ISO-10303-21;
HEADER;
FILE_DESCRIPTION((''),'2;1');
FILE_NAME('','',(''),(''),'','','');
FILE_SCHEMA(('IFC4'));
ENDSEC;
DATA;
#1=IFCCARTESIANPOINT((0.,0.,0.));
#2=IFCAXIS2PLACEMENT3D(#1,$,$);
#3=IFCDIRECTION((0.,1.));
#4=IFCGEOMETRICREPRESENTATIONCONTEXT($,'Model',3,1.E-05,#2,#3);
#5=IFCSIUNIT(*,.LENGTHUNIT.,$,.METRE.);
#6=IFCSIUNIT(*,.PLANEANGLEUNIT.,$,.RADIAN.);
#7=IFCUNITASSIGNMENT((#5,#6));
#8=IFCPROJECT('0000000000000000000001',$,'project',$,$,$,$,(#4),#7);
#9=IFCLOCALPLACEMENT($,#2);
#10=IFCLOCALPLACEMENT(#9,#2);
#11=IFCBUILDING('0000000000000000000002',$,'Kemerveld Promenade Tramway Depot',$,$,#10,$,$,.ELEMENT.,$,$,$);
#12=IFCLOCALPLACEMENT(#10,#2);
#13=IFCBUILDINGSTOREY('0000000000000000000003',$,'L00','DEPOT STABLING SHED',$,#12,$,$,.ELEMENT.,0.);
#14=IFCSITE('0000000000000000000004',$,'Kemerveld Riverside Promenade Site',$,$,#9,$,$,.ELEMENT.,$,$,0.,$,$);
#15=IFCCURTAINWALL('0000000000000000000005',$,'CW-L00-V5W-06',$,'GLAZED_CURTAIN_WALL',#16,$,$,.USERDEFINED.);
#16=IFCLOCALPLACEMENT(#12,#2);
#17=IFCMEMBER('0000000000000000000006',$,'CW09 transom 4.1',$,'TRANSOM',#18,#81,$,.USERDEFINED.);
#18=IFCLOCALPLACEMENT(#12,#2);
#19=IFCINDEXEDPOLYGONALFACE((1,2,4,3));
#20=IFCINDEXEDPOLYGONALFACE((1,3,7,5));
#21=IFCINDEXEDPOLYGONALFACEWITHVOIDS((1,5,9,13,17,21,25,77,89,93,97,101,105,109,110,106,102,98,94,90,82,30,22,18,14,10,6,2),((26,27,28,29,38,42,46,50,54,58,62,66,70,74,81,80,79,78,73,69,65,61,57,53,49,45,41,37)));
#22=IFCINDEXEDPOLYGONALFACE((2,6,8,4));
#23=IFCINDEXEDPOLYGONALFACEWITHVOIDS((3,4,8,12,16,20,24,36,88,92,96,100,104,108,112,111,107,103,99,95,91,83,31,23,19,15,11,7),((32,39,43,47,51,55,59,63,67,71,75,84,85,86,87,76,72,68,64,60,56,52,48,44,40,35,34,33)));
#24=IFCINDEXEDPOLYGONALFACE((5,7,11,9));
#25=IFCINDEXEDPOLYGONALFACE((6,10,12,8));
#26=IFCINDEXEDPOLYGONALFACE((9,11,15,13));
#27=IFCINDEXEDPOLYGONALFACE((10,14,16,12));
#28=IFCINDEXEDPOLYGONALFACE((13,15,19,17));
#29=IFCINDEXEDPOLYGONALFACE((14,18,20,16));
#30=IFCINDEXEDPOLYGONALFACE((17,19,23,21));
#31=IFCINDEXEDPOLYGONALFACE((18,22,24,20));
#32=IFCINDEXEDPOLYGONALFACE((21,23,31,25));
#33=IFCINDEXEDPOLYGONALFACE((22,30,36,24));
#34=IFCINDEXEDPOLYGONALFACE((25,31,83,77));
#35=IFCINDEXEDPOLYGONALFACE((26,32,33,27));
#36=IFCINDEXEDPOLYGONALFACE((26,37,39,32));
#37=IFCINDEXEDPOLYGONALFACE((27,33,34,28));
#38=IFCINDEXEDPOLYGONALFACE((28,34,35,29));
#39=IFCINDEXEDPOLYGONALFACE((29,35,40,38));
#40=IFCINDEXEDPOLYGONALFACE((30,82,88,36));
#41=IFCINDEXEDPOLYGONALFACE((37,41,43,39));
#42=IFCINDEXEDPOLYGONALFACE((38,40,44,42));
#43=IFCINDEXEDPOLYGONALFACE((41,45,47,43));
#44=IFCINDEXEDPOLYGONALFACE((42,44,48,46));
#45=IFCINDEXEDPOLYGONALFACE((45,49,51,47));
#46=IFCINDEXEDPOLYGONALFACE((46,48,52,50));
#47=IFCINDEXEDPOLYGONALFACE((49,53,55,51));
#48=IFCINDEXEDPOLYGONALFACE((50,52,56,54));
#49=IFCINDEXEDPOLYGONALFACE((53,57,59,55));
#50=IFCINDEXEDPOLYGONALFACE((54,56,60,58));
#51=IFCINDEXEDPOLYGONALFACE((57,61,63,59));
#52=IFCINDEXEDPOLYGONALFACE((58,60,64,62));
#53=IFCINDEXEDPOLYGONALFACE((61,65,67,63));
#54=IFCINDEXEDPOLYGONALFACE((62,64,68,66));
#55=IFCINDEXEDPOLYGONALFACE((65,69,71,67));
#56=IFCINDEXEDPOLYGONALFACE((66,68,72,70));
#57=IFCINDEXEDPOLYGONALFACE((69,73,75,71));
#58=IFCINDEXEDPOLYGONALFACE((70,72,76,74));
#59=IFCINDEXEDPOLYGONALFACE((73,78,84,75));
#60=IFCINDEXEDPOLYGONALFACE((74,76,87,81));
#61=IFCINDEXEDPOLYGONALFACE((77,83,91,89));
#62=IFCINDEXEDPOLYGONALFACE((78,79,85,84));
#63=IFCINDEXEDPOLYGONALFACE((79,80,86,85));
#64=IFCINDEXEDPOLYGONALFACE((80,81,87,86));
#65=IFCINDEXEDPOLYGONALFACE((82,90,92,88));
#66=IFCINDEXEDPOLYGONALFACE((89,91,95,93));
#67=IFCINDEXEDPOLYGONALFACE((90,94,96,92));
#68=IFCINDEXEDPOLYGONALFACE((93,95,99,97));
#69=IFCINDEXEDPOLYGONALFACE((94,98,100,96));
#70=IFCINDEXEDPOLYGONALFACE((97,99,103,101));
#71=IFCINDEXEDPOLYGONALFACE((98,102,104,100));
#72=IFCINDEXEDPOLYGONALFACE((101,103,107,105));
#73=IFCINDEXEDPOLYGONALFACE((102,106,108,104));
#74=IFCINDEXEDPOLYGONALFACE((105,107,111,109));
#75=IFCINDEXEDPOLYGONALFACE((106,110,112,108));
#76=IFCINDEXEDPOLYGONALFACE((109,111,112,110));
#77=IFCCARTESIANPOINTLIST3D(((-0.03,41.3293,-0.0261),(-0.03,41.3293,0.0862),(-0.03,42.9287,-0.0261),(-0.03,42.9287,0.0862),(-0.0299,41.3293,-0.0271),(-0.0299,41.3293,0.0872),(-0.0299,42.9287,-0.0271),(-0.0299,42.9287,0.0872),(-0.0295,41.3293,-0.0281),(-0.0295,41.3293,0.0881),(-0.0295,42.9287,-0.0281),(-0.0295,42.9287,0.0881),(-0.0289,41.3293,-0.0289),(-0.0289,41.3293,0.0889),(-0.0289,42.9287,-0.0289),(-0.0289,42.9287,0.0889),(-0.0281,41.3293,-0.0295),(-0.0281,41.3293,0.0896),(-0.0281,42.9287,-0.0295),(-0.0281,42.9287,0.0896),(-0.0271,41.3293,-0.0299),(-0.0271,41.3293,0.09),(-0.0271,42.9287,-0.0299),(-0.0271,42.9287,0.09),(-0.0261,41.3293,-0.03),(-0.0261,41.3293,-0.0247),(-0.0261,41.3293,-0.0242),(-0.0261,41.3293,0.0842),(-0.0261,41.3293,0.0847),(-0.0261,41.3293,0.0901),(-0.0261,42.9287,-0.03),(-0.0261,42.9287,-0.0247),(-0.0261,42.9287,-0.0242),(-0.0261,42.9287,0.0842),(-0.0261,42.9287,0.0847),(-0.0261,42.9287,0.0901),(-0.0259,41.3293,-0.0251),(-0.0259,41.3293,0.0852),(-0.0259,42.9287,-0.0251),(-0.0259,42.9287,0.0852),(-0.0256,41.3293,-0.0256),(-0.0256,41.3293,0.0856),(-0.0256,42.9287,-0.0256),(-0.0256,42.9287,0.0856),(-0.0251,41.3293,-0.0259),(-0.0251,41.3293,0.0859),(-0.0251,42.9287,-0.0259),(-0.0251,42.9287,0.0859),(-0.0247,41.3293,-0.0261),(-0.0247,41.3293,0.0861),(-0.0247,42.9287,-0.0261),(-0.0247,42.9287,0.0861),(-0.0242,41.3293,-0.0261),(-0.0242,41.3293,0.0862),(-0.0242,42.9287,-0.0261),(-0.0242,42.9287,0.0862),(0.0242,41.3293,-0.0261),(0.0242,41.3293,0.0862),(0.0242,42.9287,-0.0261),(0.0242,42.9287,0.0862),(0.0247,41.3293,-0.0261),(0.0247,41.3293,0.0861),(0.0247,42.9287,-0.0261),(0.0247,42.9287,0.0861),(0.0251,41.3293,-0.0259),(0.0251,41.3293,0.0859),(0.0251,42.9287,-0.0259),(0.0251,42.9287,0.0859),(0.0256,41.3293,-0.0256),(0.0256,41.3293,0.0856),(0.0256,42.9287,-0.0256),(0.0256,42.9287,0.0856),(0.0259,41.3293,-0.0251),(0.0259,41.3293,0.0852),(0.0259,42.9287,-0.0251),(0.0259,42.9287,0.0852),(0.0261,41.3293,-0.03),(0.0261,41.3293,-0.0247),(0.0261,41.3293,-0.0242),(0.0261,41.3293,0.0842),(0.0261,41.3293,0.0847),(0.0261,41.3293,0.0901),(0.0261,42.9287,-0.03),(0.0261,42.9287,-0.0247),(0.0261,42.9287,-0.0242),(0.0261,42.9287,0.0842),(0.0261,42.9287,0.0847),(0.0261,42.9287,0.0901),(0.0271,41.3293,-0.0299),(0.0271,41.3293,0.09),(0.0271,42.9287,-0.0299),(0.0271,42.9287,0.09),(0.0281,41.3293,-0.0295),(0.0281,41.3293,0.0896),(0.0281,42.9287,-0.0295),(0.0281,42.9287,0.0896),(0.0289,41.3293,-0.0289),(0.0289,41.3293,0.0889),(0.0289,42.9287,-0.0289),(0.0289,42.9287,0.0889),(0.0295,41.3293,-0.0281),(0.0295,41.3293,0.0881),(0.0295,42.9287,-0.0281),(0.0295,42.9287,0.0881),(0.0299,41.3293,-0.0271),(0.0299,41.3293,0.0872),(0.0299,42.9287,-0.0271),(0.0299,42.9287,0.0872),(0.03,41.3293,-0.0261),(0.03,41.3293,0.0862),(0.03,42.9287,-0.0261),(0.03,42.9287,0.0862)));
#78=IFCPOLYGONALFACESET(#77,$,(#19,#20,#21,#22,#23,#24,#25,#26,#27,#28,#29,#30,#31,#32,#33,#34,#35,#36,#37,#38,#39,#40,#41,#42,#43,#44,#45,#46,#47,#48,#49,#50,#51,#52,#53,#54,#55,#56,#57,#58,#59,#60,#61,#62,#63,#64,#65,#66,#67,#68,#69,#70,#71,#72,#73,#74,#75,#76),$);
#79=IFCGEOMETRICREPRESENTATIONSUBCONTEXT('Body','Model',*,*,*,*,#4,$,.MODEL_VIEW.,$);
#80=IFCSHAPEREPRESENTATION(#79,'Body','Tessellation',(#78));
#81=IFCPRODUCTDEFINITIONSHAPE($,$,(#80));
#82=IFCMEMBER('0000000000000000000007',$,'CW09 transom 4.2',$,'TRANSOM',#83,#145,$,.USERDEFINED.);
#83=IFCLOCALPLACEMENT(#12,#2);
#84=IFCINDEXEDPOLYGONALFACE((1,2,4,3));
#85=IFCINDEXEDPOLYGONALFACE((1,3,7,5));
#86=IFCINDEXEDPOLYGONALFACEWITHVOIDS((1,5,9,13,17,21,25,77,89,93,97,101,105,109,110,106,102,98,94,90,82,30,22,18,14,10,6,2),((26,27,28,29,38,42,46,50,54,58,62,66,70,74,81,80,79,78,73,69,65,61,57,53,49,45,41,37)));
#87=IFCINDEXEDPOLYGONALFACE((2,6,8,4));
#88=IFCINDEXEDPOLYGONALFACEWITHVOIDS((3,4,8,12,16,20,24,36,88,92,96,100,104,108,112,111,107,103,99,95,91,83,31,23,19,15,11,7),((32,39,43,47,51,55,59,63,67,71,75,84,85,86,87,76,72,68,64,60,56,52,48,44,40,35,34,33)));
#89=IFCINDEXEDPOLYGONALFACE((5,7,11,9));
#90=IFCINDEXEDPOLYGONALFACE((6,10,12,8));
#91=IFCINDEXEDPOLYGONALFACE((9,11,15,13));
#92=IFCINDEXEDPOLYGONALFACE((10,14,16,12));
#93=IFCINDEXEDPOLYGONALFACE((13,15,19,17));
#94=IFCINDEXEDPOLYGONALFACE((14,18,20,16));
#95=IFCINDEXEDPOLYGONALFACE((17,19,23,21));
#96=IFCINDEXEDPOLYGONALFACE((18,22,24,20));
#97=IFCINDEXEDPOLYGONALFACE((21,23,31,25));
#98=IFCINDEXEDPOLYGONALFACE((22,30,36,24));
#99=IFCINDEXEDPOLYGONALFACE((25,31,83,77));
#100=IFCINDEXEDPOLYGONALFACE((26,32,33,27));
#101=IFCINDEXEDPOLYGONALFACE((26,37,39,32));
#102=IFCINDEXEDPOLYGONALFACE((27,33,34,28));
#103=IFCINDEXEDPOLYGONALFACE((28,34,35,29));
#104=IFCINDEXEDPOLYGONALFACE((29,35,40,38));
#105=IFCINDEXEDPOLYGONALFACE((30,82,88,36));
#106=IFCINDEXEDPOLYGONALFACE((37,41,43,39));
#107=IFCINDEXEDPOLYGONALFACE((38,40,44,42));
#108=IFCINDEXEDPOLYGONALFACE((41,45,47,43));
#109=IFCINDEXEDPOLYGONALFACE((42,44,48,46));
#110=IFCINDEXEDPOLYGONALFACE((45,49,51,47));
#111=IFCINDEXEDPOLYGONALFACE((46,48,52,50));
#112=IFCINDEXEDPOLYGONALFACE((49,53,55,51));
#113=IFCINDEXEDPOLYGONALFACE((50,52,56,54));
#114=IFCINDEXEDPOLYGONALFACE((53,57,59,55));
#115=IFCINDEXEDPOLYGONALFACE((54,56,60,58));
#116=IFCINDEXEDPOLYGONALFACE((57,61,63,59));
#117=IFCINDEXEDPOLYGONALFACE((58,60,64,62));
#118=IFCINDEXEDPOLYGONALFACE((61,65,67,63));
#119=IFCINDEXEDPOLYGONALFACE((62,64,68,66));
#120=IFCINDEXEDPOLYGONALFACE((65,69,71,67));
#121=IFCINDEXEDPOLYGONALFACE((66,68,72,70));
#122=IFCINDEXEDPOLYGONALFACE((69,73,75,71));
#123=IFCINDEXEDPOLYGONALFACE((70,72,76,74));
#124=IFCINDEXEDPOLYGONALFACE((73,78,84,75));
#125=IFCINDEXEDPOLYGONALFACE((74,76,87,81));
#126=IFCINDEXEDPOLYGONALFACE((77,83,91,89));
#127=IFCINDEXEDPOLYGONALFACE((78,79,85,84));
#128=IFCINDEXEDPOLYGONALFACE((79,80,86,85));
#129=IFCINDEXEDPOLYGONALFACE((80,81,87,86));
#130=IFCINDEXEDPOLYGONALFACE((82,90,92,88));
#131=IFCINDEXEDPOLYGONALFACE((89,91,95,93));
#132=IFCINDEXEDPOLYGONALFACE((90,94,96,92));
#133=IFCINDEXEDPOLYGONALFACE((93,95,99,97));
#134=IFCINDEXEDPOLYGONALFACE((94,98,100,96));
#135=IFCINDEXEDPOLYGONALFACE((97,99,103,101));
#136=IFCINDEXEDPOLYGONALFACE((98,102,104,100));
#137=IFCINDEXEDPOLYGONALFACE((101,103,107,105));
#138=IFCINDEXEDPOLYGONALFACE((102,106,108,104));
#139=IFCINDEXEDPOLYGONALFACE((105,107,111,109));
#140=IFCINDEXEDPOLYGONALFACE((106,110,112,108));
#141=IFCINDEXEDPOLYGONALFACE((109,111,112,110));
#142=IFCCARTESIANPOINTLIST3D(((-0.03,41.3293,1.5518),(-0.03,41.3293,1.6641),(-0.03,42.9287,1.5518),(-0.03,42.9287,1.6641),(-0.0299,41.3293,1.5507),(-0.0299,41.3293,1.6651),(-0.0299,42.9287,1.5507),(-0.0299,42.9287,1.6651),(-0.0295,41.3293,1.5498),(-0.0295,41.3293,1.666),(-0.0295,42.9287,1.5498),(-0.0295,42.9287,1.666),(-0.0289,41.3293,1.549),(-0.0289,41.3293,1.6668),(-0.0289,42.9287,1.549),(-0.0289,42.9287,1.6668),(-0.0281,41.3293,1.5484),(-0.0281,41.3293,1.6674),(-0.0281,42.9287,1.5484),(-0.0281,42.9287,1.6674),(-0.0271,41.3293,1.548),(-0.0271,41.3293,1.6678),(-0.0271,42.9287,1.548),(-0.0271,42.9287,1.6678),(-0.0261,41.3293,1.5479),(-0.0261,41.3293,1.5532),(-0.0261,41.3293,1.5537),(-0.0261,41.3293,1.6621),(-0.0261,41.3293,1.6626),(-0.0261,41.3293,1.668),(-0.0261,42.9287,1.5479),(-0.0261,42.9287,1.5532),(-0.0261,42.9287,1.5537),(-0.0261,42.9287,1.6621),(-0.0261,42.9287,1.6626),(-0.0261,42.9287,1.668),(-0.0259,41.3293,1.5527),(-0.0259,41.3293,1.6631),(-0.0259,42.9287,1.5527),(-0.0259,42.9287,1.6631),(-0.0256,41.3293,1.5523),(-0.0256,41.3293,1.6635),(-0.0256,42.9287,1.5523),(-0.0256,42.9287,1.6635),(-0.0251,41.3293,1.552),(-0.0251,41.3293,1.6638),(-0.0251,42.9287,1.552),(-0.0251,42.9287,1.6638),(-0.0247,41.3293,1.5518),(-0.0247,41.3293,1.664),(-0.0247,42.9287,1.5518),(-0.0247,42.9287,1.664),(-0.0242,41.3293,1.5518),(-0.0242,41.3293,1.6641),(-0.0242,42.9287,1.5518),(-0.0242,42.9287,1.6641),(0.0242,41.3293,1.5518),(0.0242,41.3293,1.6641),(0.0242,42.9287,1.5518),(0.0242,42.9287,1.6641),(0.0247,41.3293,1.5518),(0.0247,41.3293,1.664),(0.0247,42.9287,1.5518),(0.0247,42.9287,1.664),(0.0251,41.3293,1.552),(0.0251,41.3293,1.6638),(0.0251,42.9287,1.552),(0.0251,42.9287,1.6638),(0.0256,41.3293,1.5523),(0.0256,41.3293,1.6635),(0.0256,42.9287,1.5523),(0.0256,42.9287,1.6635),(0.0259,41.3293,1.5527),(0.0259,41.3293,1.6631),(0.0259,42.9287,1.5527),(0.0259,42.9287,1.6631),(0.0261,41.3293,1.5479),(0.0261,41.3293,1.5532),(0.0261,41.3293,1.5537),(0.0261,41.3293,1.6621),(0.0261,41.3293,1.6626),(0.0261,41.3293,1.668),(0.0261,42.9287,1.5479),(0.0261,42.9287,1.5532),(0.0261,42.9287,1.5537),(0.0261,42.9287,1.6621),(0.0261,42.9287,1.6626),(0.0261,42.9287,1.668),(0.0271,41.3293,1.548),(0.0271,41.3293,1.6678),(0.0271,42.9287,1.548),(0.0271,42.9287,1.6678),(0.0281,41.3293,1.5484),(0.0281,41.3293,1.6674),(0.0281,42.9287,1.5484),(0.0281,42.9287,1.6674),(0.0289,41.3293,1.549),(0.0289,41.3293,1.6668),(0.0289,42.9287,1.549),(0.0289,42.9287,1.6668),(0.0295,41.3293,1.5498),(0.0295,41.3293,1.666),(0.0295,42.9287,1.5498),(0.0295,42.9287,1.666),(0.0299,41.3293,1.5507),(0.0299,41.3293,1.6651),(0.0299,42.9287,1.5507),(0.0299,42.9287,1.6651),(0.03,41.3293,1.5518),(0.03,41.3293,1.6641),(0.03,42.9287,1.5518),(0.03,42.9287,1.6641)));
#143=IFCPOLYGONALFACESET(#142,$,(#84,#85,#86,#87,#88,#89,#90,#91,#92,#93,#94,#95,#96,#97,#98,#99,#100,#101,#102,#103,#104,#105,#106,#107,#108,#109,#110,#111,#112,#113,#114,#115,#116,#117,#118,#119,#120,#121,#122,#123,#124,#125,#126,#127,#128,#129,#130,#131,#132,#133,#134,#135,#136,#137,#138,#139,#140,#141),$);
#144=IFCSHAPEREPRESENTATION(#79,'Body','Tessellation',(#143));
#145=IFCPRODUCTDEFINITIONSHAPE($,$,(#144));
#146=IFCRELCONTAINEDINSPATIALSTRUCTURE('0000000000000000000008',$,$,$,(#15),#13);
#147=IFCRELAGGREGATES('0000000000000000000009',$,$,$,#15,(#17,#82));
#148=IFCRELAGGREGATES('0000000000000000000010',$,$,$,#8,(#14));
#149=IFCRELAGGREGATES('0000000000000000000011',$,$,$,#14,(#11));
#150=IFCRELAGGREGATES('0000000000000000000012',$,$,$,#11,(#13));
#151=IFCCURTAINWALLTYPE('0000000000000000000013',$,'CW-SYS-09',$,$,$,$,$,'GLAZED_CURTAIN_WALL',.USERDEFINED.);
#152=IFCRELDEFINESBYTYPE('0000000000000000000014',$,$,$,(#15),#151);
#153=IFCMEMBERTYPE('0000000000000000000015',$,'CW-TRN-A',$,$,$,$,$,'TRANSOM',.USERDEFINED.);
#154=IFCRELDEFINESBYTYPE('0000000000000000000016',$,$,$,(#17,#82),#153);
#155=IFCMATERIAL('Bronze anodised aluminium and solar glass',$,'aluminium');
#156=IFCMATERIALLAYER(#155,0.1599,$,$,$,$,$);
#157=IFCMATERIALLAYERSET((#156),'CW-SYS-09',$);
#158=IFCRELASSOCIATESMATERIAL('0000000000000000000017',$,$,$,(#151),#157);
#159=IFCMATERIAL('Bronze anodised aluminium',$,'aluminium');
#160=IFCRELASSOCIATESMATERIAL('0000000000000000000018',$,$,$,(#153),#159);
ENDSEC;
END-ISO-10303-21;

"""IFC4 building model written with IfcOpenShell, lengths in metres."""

from ifc_helpers import new_model, si_unit, direction, frame, origin, origin_2d, place, context, subcontext, project, spatial, hollow_rectangle, extrude, material, layer, layer_set, material_profile, profile_set, type_object, element, aggregate, save


model = new_model("IFC4")

# Units and contexts
model_context = context("Model", 3, precision=1e-05, world=origin(), true_north=direction((0.0, 1.0)))
body_context = subcontext(model_context, "Body", "Model", "MODEL_VIEW")
ifc_project = project(units=[si_unit("LENGTHUNIT", "METRE"), si_unit("PLANEANGLEUNIT", "RADIAN")], contexts=[model_context])

# Site, building, storey
site_placement = place(None, origin())
site = spatial("IfcSite", under=ifc_project, at=site_placement, Name="Kemerveld Riverside Promenade Site", CompositionType="ELEMENT", RefElevation=0.0)
building_placement = place(site_placement, origin())
building = spatial("IfcBuilding", under=site, at=building_placement, Name="Kemerveld Promenade Tramway Depot", CompositionType="ELEMENT")
storey_placement = place(building_placement, origin())
storey = spatial("IfcBuildingStorey", under=building, at=storey_placement, Name="L00", Description="DEPOT STABLING SHED", CompositionType="ELEMENT", Elevation=0.0)

# Curtain wall, members
ifc_material_1 = material(Name="Bronze anodised aluminium and solar glass", Category="aluminium")
ifc_layer_1 = layer(ifc_material_1, 0.1599)
ifc_layer_set_1 = layer_set([ifc_layer_1], Name="CW-SYS-09")
curtain_wall_type = type_object("IfcCurtainWallType", Name="CW-SYS-09", ElementType="GLAZED_CURTAIN_WALL", PredefinedType="USERDEFINED", material=ifc_layer_set_1)
curtain_wall_placement = place(storey_placement, origin())
curtain_wall = element("IfcCurtainWall", 1, at=curtain_wall_placement, inside=storey, type_object=curtain_wall_type, Name="CW-L00-V5W-06", ObjectType="GLAZED_CURTAIN_WALL", PredefinedType="USERDEFINED")
ifc_material_2 = material(Name="Bronze anodised aluminium", Category="aluminium")
ifc_material_profile_1 = material_profile(ifc_material_2, hollow_rectangle(XDim=0.0601, YDim=0.1201, WallThickness=0.0039, InnerFilletRadius=0.002, OuterFilletRadius=0.0039, at=origin_2d()), Name="CW-TRN-120x60")
ifc_profile_set_1 = profile_set([ifc_material_profile_1], Name="Bronze anodised aluminium")
member_type_1 = type_object("IfcMemberType", Name="CW-TRN-A", ElementType="TRANSOM", PredefinedType="USERDEFINED", material=ifc_profile_set_1)
member_1_placement = place(storey_placement, frame((0.0, 41.3293, 0.03), z_axis=(0.0, 1.0, 0.0), x_axis=(-1.0, 0.0, 0.0)))
member_1 = element("IfcMember", 2, at=member_1_placement, type_object=member_type_1, Name="CW09 transom 4.1", ObjectType="TRANSOM", PredefinedType="USERDEFINED", context=body_context, shape_type="SweptSolid", body=[
    extrude(hollow_rectangle(XDim=0.0601, YDim=0.1201, WallThickness=0.0039, InnerFilletRadius=0.002, OuterFilletRadius=0.0039, at=origin_2d()), origin(), (0.0, 0.0, 1.0), 1.5994),
])
member_2_placement = place(storey_placement, frame((0.0, 41.3293, 1.6079), z_axis=(0.0, 1.0, 0.0), x_axis=(-1.0, 0.0, 0.0)))
member_2 = element("IfcMember", 3, at=member_2_placement, type_object=member_type_1, Name="CW09 transom 4.2", ObjectType="TRANSOM", PredefinedType="USERDEFINED", context=body_context, shape_type="SweptSolid", body=[
    extrude(hollow_rectangle(XDim=0.0601, YDim=0.1201, WallThickness=0.0039, InnerFilletRadius=0.002, OuterFilletRadius=0.0039, at=origin_2d()), origin(), (0.0, 0.0, 1.0), 1.5994),
])
aggregate(curtain_wall, [member_1, member_2])

save(model, "model.ifc")
